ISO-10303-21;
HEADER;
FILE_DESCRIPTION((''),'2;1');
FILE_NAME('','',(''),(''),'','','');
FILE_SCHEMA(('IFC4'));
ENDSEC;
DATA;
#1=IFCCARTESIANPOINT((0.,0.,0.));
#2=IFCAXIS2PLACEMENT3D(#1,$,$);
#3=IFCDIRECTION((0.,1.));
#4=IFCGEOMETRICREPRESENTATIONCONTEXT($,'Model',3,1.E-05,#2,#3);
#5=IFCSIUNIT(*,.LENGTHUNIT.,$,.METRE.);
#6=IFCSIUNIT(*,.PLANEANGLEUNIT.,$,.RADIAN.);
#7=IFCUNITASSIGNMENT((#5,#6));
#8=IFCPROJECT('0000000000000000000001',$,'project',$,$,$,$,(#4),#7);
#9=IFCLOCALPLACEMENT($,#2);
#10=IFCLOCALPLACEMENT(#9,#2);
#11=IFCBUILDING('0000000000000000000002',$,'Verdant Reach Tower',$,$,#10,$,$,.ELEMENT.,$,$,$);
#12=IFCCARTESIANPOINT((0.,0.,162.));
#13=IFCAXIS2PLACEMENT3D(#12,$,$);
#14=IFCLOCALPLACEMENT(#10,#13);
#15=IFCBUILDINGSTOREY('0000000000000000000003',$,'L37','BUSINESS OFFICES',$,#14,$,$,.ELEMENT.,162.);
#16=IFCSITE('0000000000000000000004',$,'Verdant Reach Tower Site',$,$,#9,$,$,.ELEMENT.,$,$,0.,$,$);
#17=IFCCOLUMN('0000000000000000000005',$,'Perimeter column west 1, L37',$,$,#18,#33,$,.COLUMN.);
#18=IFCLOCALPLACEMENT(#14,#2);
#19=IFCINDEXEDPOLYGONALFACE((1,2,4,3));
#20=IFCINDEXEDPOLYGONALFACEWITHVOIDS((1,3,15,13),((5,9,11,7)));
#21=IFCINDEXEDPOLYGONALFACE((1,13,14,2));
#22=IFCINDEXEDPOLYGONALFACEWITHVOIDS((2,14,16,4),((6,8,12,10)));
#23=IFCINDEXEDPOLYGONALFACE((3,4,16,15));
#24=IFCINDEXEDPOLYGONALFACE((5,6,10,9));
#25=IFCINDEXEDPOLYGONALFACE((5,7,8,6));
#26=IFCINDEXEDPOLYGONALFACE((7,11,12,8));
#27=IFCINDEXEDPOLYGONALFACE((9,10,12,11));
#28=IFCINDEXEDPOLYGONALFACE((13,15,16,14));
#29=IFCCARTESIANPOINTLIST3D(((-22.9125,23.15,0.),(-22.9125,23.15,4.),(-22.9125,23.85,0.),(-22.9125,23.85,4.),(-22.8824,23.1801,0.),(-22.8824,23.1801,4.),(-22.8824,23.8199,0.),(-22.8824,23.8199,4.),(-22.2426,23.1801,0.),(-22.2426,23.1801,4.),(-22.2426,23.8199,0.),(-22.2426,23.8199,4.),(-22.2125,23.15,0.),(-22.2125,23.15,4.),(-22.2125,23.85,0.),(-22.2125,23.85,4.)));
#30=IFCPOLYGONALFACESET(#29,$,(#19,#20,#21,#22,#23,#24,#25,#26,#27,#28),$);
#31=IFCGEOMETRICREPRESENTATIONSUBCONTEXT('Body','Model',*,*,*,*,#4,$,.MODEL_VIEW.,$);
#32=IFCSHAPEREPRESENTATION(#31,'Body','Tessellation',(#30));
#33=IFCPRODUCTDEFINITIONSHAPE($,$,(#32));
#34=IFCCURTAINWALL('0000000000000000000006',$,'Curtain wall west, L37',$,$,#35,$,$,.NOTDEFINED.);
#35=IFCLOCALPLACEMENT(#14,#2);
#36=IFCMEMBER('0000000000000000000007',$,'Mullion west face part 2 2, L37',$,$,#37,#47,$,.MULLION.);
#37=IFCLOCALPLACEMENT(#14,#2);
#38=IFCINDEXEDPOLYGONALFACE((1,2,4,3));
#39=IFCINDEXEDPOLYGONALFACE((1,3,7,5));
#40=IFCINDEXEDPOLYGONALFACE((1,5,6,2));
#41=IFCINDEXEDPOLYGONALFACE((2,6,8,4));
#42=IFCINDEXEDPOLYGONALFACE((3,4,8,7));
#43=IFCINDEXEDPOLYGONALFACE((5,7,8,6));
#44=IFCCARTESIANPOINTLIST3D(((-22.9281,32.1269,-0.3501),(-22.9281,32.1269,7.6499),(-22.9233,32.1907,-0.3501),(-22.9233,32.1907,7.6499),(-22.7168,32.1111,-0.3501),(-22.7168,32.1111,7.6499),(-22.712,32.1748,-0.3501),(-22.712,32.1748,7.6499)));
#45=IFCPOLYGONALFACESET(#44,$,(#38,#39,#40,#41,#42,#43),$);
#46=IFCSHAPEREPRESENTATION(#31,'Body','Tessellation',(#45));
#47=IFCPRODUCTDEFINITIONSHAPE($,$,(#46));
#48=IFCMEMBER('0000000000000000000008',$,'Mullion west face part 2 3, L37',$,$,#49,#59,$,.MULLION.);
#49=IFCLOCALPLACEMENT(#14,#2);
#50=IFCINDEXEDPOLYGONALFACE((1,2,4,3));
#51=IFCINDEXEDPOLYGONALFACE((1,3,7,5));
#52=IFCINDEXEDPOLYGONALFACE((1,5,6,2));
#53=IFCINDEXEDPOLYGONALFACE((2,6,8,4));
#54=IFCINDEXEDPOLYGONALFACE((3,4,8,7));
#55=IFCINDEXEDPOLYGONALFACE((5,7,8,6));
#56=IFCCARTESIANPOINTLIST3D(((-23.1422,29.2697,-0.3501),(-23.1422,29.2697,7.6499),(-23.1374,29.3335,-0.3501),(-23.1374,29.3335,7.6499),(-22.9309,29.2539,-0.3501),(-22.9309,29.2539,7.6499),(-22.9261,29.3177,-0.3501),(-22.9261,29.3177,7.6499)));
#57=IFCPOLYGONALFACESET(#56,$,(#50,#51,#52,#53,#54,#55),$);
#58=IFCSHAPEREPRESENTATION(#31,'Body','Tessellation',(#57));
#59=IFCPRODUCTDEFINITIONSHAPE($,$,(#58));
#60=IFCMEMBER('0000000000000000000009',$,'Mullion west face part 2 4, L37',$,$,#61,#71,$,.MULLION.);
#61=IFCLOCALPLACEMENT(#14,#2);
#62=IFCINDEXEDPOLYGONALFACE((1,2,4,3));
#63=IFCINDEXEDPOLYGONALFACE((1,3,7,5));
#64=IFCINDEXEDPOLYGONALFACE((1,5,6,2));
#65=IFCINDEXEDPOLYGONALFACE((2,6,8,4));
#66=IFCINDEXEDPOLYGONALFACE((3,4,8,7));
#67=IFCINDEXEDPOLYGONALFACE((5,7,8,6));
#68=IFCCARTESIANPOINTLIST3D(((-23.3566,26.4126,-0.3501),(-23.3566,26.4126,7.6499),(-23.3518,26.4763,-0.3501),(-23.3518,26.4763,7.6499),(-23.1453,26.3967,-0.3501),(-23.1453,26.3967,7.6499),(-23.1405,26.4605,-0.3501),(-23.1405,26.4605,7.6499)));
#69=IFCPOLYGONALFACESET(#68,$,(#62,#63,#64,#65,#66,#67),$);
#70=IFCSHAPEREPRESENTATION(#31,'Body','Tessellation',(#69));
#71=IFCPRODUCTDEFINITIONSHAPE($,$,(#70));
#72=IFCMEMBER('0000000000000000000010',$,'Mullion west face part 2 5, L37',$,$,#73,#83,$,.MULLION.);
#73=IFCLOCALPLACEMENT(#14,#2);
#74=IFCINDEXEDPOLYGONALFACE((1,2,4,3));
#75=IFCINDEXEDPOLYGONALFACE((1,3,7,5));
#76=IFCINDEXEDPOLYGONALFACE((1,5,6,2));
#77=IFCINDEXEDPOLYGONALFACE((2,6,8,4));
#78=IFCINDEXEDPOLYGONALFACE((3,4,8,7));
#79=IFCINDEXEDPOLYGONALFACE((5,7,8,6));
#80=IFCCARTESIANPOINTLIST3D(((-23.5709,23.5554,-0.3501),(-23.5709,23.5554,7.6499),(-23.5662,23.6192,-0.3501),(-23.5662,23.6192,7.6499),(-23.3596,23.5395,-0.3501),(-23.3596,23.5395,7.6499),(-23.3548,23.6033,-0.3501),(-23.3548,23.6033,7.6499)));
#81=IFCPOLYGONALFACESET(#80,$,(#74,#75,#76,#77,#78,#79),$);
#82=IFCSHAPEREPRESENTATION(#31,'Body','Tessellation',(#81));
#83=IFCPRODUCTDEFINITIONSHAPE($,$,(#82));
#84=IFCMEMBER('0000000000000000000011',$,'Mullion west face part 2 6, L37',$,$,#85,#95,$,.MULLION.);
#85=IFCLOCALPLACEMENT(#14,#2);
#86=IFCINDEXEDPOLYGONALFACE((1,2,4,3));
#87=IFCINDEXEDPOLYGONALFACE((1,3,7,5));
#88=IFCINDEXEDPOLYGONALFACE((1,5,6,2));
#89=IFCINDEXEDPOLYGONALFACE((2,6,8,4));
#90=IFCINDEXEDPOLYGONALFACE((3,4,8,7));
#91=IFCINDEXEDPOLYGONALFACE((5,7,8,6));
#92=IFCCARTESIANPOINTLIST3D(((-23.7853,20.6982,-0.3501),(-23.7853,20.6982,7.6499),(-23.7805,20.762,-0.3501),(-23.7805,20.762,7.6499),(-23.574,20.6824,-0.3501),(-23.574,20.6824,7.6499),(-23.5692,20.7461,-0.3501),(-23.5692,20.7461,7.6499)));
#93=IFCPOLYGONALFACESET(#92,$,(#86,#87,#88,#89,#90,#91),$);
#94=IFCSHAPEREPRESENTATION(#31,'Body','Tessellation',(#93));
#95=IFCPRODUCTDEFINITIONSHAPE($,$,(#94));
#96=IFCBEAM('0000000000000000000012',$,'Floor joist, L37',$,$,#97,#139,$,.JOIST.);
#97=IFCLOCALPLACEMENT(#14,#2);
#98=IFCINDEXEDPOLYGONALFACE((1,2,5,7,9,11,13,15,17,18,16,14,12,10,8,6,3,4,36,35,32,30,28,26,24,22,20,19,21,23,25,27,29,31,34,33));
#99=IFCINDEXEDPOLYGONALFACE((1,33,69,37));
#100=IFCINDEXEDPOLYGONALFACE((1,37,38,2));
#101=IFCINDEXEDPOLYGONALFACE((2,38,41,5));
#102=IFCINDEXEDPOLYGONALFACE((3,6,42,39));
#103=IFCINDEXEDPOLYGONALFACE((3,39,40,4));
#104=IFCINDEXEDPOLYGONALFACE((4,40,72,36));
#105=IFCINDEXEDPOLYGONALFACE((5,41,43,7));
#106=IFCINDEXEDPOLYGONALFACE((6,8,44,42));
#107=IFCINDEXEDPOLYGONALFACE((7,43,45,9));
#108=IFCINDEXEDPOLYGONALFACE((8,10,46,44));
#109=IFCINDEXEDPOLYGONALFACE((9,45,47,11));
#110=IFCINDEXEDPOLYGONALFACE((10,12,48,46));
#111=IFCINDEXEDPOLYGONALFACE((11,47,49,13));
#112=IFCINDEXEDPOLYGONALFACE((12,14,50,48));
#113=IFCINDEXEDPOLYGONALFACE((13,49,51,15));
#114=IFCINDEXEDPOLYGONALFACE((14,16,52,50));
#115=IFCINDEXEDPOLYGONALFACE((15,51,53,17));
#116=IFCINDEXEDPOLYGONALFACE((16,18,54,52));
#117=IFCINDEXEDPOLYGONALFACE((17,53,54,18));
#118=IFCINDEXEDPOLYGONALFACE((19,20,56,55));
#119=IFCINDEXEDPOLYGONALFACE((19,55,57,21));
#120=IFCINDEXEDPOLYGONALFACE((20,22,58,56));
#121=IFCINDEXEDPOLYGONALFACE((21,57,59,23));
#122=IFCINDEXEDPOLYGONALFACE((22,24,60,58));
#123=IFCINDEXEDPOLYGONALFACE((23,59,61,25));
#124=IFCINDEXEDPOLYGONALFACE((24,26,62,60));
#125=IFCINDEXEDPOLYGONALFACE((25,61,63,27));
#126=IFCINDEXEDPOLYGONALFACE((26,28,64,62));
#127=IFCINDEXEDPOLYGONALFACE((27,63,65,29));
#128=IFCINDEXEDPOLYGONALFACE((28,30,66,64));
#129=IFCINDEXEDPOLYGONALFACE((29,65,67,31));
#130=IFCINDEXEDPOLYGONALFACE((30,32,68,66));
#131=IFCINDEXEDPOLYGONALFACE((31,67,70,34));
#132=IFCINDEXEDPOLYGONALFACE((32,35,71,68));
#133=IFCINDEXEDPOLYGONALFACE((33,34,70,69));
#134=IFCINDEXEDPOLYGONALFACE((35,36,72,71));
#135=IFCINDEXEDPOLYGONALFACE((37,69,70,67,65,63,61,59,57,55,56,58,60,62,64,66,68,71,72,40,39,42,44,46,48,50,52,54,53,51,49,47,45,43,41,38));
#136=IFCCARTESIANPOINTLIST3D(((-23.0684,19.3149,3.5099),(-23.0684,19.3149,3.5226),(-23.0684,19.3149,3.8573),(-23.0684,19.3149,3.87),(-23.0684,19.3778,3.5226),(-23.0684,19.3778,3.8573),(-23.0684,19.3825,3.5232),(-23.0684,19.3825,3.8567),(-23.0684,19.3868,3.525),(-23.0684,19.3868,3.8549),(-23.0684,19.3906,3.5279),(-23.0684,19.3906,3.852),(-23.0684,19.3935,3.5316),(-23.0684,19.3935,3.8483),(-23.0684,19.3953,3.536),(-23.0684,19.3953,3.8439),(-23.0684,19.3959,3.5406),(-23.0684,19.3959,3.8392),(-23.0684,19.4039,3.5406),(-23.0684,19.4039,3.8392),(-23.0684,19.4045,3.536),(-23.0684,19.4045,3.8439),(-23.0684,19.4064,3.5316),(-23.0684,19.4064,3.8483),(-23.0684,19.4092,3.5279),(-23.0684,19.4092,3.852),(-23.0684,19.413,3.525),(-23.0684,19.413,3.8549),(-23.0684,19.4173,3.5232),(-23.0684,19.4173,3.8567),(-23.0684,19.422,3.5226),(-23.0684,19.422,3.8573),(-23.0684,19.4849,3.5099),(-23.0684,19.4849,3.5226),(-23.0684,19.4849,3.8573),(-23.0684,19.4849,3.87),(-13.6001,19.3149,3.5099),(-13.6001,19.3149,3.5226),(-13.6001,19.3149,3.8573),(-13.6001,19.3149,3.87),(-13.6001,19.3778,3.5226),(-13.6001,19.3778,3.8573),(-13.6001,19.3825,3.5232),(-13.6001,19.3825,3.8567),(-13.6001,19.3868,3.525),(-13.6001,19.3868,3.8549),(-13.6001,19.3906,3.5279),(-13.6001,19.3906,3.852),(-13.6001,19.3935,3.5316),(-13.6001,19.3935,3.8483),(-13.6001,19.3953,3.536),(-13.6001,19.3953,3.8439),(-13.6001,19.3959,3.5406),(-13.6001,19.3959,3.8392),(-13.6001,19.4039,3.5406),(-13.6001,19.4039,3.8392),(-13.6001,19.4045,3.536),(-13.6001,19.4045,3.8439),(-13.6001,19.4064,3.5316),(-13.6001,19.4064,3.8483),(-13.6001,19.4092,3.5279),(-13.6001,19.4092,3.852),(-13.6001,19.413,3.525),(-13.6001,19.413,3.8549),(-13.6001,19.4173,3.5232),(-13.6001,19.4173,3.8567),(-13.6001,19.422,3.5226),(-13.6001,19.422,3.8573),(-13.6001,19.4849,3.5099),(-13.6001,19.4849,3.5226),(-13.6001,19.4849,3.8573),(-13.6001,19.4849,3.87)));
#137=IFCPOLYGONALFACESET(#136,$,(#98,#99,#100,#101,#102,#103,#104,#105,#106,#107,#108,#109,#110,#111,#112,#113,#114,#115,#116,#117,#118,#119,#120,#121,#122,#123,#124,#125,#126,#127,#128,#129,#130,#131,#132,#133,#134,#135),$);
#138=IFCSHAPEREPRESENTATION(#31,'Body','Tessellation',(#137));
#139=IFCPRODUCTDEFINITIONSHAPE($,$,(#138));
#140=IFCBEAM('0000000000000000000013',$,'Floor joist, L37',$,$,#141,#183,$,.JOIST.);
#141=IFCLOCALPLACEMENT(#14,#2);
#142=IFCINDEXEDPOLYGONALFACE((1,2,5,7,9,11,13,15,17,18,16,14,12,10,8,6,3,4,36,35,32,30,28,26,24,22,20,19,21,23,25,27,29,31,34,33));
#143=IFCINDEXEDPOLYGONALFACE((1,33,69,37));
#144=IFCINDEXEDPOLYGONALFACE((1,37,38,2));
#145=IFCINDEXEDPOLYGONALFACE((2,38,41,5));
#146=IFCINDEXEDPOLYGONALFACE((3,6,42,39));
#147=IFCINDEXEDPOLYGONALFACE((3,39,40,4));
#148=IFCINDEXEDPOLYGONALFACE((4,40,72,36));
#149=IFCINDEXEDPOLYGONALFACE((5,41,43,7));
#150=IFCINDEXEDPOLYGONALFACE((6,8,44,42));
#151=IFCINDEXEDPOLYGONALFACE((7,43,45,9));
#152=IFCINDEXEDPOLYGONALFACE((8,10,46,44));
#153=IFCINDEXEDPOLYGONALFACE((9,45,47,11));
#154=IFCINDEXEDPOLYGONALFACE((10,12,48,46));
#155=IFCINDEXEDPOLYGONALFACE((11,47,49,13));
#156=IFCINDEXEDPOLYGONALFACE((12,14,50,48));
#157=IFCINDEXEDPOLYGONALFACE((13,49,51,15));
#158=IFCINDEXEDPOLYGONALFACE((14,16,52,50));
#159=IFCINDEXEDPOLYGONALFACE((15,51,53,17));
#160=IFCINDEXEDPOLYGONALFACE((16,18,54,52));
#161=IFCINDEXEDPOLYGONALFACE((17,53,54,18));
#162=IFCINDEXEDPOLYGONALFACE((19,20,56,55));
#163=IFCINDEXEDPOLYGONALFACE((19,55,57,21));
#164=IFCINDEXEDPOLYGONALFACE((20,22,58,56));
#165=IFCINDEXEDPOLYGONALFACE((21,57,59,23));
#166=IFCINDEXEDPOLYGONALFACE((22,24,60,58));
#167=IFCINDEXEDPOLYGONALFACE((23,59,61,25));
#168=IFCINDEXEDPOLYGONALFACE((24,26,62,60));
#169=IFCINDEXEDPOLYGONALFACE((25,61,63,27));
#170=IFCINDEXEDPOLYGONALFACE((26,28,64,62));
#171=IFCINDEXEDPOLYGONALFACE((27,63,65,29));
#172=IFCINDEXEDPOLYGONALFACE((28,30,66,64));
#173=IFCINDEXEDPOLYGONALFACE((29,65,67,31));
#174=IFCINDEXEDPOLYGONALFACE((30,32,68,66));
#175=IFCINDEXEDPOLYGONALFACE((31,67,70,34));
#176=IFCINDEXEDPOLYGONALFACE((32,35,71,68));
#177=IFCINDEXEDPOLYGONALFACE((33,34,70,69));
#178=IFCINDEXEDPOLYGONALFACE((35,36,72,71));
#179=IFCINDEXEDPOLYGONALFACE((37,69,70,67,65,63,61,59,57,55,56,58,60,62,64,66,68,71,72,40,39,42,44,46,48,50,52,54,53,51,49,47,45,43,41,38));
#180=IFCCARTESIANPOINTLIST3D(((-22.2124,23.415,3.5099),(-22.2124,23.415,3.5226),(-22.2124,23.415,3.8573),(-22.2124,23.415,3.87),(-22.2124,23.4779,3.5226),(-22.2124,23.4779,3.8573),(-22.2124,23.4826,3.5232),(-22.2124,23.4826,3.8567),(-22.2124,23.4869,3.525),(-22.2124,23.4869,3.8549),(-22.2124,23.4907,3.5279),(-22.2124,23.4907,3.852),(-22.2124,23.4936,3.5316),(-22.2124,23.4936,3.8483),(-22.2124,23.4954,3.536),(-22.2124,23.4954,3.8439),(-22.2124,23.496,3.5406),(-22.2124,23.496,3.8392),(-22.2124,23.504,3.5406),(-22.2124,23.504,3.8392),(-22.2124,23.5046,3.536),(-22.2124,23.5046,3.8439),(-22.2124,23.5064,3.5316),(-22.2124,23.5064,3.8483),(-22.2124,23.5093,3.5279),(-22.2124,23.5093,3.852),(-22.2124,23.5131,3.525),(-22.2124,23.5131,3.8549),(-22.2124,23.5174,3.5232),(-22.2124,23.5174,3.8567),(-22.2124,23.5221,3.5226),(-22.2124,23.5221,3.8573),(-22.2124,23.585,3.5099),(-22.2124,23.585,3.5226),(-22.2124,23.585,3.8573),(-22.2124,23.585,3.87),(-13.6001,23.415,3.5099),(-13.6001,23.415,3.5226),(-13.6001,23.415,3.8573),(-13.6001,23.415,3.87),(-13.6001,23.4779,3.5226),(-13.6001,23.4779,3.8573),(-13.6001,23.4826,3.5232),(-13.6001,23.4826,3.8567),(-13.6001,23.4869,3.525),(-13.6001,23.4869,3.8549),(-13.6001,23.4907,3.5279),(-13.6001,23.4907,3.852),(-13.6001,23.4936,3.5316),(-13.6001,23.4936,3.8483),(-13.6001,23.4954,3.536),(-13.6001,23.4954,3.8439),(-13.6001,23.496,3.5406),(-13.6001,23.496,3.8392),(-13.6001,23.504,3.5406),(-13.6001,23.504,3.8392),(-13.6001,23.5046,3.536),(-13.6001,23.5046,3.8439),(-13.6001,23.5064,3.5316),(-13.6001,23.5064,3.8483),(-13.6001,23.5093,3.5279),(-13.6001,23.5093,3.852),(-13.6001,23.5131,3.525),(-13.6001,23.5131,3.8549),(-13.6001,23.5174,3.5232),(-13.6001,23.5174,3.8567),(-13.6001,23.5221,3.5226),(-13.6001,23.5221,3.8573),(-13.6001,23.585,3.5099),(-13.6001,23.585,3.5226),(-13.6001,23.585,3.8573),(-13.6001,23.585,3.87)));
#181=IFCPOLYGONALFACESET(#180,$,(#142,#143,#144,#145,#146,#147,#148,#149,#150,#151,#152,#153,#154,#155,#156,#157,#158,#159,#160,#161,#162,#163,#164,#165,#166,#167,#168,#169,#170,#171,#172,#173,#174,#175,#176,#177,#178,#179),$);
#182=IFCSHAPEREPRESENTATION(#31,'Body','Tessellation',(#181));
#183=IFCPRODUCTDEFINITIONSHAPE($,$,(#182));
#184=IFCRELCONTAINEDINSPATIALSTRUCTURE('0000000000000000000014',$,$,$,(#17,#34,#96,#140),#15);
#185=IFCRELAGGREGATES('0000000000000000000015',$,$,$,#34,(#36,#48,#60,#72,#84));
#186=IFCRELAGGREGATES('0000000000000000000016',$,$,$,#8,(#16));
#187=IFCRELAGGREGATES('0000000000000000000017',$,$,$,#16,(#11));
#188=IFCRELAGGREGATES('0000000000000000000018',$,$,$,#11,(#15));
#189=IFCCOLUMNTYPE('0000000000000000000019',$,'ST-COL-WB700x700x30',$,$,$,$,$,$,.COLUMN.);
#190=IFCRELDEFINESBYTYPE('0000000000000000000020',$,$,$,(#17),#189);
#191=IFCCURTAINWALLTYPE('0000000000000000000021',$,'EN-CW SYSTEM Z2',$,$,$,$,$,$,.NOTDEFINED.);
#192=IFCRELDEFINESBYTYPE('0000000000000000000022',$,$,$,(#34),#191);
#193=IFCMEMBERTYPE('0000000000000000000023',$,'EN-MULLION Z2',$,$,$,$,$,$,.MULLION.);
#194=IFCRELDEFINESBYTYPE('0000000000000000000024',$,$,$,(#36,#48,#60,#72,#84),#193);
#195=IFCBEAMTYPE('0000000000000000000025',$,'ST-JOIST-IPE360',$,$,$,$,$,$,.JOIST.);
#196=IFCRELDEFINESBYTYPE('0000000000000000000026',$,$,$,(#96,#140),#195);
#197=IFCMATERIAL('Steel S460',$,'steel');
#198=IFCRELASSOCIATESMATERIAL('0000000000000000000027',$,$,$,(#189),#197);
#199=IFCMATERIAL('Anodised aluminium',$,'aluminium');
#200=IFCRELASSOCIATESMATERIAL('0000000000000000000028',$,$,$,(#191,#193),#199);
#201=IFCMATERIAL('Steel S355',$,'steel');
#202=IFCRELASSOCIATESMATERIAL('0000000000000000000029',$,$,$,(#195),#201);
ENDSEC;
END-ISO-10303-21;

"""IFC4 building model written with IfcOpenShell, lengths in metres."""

from ifc_helpers import new_model, si_unit, direction, frame, origin, origin_2d, place, context, subcontext, project, spatial, rectangle, hollow_rectangle, i_section, extrude, material, material_profile, profile_set, type_object, element, aggregate, save


model = new_model("IFC4")

# Units and contexts
model_context = context("Model", 3, precision=1e-05, world=origin(), true_north=direction((0.0, 1.0)))
body_context = subcontext(model_context, "Body", "Model", "MODEL_VIEW")
ifc_project = project(units=[si_unit("LENGTHUNIT", "METRE"), si_unit("PLANEANGLEUNIT", "RADIAN")], contexts=[model_context])

# Site, building, storey
site_placement = place(None, origin())
site = spatial("IfcSite", under=ifc_project, at=site_placement, Name="Verdant Reach Tower Site", CompositionType="ELEMENT", RefElevation=0.0)
building_placement = place(site_placement, origin())
building = spatial("IfcBuilding", under=site, at=building_placement, Name="Verdant Reach Tower", CompositionType="ELEMENT")
storey_placement = place(building_placement, frame((0.0, 0.0, 162.0)))
storey = spatial("IfcBuildingStorey", under=building, at=storey_placement, Name="L37", Description="BUSINESS OFFICES", CompositionType="ELEMENT", Elevation=162.0)

# Column
ifc_material_1 = material(Name="Steel S460", Category="steel")
ifc_material_profile_1 = material_profile(ifc_material_1, hollow_rectangle(XDim=0.7, YDim=0.7, WallThickness=0.03, at=origin_2d()), Name="WB 700x700x30")
ifc_profile_set_1 = profile_set([ifc_material_profile_1], Name="Steel S460")
column_type = type_object("IfcColumnType", Name="ST-COL-WB700x700x30", PredefinedType="COLUMN", material=ifc_profile_set_1)
column_placement = place(storey_placement, frame((-22.5625, 23.5, 0.0), z_axis=(0.0, 0.0, 1.0), x_axis=(1.0, 0.0, 0.0)))
element("IfcColumn", 1, at=column_placement, inside=storey, type_object=column_type, Name="Perimeter column west 1, L37", PredefinedType="COLUMN", context=body_context, shape_type="SweptSolid", body=[
    extrude(hollow_rectangle(XDim=0.7, YDim=0.7, WallThickness=0.03, at=origin_2d()), origin(), (0.0, 0.0, 1.0), 4.0),
])

# Curtain wall, members
ifc_material_2 = material(Name="Anodised aluminium", Category="aluminium")
curtain_wall_type = type_object("IfcCurtainWallType", Name="EN-CW SYSTEM Z2", PredefinedType="NOTDEFINED", material=ifc_material_2)
curtain_wall_placement = place(storey_placement, origin())
curtain_wall = element("IfcCurtainWall", 2, at=curtain_wall_placement, inside=storey, type_object=curtain_wall_type, Name="Curtain wall west, L37", PredefinedType="NOTDEFINED")
ifc_material_profile_2 = material_profile(ifc_material_2, rectangle(XDim=0.2119, YDim=0.064, at=origin_2d()), Name="Mullion 64x212")
ifc_profile_set_2 = profile_set([ifc_material_profile_2], Name="Anodised aluminium")
member_type = type_object("IfcMemberType", Name="EN-MULLION Z2", PredefinedType="MULLION", material=ifc_profile_set_2)
member_1_placement = place(storey_placement, frame((-22.8201, 32.1509, -0.3501), z_axis=(0.0, 0.0, 1.0), x_axis=(-0.997199, 0.07479, 0.0)))
member_1 = element("IfcMember", 3, at=member_1_placement, type_object=member_type, Name="Mullion west face part 2 2, L37", PredefinedType="MULLION", context=body_context, shape_type="SweptSolid", body=[
    extrude(rectangle(XDim=0.2119, YDim=0.064, at=origin_2d()), origin(), (0.0, 0.0, 1.0), 8.0),
])
member_2_placement = place(storey_placement, frame((-23.0342, 29.2937, -0.3501), z_axis=(0.0, 0.0, 1.0), x_axis=(-0.997199, 0.07479, 0.0)))
member_2 = element("IfcMember", 4, at=member_2_placement, type_object=member_type, Name="Mullion west face part 2 3, L37", PredefinedType="MULLION", context=body_context, shape_type="SweptSolid", body=[
    extrude(rectangle(XDim=0.2119, YDim=0.064, at=origin_2d()), origin(), (0.0, 0.0, 1.0), 8.0),
])
member_3_placement = place(storey_placement, frame((-23.2485, 26.4365, -0.3501), z_axis=(0.0, 0.0, 1.0), x_axis=(-0.997199, 0.07479, 0.0)))
member_3 = element("IfcMember", 5, at=member_3_placement, type_object=member_type, Name="Mullion west face part 2 4, L37", PredefinedType="MULLION", context=body_context, shape_type="SweptSolid", body=[
    extrude(rectangle(XDim=0.2119, YDim=0.064, at=origin_2d()), origin(), (0.0, 0.0, 1.0), 8.0),
])
member_4_placement = place(storey_placement, frame((-23.4629, 23.5793, -0.3501), z_axis=(0.0, 0.0, 1.0), x_axis=(-0.997199, 0.07479, 0.0)))
member_4 = element("IfcMember", 6, at=member_4_placement, type_object=member_type, Name="Mullion west face part 2 5, L37", PredefinedType="MULLION", context=body_context, shape_type="SweptSolid", body=[
    extrude(rectangle(XDim=0.2119, YDim=0.064, at=origin_2d()), origin(), (0.0, 0.0, 1.0), 8.0),
])
member_5_placement = place(storey_placement, frame((-23.6772, 20.7222, -0.3501), z_axis=(0.0, 0.0, 1.0), x_axis=(-0.997199, 0.07479, 0.0)))
member_5 = element("IfcMember", 7, at=member_5_placement, type_object=member_type, Name="Mullion west face part 2 6, L37", PredefinedType="MULLION", context=body_context, shape_type="SweptSolid", body=[
    extrude(rectangle(XDim=0.2119, YDim=0.064, at=origin_2d()), origin(), (0.0, 0.0, 1.0), 8.0),
])

# Beams
ifc_material_3 = material(Name="Steel S355", Category="steel")
ifc_material_profile_3 = material_profile(ifc_material_3, i_section(OverallWidth=0.1699, OverallDepth=0.3601, WebThickness=0.0081, FlangeThickness=0.0127, FilletRadius=0.0181, at=origin_2d()), Name="IPE 360")
ifc_profile_set_3 = profile_set([ifc_material_profile_3], Name="Steel S355")
beam_type = type_object("IfcBeamType", Name="ST-JOIST-IPE360", PredefinedType="JOIST", material=ifc_profile_set_3)
beam_1_placement = place(storey_placement, frame((-13.6001, 19.3999, 3.6899), z_axis=(-1.0, 0.0, 0.0), x_axis=(0.0, -1.0, 0.0)))
element("IfcBeam", 8, at=beam_1_placement, inside=storey, type_object=beam_type, Name="Floor joist, L37", PredefinedType="JOIST", context=body_context, shape_type="SweptSolid", body=[
    extrude(i_section(OverallWidth=0.1699, OverallDepth=0.3601, WebThickness=0.0081, FlangeThickness=0.0127, FilletRadius=0.0181, at=origin_2d()), origin(), (0.0, 0.0, 1.0), 9.4683),
])
beam_2_placement = place(storey_placement, frame((-13.6001, 23.5, 3.6899), z_axis=(-1.0, 0.0, 0.0), x_axis=(0.0, -1.0, 0.0)))
element("IfcBeam", 9, at=beam_2_placement, inside=storey, type_object=beam_type, Name="Floor joist, L37", PredefinedType="JOIST", context=body_context, shape_type="SweptSolid", body=[
    extrude(i_section(OverallWidth=0.1699, OverallDepth=0.3601, WebThickness=0.0081, FlangeThickness=0.0127, FilletRadius=0.0181, at=origin_2d()), origin(), (0.0, 0.0, 1.0), 8.6123),
])

aggregate(curtain_wall, [member_1, member_2, member_3, member_4, member_5])

save(model, "model.ifc")
